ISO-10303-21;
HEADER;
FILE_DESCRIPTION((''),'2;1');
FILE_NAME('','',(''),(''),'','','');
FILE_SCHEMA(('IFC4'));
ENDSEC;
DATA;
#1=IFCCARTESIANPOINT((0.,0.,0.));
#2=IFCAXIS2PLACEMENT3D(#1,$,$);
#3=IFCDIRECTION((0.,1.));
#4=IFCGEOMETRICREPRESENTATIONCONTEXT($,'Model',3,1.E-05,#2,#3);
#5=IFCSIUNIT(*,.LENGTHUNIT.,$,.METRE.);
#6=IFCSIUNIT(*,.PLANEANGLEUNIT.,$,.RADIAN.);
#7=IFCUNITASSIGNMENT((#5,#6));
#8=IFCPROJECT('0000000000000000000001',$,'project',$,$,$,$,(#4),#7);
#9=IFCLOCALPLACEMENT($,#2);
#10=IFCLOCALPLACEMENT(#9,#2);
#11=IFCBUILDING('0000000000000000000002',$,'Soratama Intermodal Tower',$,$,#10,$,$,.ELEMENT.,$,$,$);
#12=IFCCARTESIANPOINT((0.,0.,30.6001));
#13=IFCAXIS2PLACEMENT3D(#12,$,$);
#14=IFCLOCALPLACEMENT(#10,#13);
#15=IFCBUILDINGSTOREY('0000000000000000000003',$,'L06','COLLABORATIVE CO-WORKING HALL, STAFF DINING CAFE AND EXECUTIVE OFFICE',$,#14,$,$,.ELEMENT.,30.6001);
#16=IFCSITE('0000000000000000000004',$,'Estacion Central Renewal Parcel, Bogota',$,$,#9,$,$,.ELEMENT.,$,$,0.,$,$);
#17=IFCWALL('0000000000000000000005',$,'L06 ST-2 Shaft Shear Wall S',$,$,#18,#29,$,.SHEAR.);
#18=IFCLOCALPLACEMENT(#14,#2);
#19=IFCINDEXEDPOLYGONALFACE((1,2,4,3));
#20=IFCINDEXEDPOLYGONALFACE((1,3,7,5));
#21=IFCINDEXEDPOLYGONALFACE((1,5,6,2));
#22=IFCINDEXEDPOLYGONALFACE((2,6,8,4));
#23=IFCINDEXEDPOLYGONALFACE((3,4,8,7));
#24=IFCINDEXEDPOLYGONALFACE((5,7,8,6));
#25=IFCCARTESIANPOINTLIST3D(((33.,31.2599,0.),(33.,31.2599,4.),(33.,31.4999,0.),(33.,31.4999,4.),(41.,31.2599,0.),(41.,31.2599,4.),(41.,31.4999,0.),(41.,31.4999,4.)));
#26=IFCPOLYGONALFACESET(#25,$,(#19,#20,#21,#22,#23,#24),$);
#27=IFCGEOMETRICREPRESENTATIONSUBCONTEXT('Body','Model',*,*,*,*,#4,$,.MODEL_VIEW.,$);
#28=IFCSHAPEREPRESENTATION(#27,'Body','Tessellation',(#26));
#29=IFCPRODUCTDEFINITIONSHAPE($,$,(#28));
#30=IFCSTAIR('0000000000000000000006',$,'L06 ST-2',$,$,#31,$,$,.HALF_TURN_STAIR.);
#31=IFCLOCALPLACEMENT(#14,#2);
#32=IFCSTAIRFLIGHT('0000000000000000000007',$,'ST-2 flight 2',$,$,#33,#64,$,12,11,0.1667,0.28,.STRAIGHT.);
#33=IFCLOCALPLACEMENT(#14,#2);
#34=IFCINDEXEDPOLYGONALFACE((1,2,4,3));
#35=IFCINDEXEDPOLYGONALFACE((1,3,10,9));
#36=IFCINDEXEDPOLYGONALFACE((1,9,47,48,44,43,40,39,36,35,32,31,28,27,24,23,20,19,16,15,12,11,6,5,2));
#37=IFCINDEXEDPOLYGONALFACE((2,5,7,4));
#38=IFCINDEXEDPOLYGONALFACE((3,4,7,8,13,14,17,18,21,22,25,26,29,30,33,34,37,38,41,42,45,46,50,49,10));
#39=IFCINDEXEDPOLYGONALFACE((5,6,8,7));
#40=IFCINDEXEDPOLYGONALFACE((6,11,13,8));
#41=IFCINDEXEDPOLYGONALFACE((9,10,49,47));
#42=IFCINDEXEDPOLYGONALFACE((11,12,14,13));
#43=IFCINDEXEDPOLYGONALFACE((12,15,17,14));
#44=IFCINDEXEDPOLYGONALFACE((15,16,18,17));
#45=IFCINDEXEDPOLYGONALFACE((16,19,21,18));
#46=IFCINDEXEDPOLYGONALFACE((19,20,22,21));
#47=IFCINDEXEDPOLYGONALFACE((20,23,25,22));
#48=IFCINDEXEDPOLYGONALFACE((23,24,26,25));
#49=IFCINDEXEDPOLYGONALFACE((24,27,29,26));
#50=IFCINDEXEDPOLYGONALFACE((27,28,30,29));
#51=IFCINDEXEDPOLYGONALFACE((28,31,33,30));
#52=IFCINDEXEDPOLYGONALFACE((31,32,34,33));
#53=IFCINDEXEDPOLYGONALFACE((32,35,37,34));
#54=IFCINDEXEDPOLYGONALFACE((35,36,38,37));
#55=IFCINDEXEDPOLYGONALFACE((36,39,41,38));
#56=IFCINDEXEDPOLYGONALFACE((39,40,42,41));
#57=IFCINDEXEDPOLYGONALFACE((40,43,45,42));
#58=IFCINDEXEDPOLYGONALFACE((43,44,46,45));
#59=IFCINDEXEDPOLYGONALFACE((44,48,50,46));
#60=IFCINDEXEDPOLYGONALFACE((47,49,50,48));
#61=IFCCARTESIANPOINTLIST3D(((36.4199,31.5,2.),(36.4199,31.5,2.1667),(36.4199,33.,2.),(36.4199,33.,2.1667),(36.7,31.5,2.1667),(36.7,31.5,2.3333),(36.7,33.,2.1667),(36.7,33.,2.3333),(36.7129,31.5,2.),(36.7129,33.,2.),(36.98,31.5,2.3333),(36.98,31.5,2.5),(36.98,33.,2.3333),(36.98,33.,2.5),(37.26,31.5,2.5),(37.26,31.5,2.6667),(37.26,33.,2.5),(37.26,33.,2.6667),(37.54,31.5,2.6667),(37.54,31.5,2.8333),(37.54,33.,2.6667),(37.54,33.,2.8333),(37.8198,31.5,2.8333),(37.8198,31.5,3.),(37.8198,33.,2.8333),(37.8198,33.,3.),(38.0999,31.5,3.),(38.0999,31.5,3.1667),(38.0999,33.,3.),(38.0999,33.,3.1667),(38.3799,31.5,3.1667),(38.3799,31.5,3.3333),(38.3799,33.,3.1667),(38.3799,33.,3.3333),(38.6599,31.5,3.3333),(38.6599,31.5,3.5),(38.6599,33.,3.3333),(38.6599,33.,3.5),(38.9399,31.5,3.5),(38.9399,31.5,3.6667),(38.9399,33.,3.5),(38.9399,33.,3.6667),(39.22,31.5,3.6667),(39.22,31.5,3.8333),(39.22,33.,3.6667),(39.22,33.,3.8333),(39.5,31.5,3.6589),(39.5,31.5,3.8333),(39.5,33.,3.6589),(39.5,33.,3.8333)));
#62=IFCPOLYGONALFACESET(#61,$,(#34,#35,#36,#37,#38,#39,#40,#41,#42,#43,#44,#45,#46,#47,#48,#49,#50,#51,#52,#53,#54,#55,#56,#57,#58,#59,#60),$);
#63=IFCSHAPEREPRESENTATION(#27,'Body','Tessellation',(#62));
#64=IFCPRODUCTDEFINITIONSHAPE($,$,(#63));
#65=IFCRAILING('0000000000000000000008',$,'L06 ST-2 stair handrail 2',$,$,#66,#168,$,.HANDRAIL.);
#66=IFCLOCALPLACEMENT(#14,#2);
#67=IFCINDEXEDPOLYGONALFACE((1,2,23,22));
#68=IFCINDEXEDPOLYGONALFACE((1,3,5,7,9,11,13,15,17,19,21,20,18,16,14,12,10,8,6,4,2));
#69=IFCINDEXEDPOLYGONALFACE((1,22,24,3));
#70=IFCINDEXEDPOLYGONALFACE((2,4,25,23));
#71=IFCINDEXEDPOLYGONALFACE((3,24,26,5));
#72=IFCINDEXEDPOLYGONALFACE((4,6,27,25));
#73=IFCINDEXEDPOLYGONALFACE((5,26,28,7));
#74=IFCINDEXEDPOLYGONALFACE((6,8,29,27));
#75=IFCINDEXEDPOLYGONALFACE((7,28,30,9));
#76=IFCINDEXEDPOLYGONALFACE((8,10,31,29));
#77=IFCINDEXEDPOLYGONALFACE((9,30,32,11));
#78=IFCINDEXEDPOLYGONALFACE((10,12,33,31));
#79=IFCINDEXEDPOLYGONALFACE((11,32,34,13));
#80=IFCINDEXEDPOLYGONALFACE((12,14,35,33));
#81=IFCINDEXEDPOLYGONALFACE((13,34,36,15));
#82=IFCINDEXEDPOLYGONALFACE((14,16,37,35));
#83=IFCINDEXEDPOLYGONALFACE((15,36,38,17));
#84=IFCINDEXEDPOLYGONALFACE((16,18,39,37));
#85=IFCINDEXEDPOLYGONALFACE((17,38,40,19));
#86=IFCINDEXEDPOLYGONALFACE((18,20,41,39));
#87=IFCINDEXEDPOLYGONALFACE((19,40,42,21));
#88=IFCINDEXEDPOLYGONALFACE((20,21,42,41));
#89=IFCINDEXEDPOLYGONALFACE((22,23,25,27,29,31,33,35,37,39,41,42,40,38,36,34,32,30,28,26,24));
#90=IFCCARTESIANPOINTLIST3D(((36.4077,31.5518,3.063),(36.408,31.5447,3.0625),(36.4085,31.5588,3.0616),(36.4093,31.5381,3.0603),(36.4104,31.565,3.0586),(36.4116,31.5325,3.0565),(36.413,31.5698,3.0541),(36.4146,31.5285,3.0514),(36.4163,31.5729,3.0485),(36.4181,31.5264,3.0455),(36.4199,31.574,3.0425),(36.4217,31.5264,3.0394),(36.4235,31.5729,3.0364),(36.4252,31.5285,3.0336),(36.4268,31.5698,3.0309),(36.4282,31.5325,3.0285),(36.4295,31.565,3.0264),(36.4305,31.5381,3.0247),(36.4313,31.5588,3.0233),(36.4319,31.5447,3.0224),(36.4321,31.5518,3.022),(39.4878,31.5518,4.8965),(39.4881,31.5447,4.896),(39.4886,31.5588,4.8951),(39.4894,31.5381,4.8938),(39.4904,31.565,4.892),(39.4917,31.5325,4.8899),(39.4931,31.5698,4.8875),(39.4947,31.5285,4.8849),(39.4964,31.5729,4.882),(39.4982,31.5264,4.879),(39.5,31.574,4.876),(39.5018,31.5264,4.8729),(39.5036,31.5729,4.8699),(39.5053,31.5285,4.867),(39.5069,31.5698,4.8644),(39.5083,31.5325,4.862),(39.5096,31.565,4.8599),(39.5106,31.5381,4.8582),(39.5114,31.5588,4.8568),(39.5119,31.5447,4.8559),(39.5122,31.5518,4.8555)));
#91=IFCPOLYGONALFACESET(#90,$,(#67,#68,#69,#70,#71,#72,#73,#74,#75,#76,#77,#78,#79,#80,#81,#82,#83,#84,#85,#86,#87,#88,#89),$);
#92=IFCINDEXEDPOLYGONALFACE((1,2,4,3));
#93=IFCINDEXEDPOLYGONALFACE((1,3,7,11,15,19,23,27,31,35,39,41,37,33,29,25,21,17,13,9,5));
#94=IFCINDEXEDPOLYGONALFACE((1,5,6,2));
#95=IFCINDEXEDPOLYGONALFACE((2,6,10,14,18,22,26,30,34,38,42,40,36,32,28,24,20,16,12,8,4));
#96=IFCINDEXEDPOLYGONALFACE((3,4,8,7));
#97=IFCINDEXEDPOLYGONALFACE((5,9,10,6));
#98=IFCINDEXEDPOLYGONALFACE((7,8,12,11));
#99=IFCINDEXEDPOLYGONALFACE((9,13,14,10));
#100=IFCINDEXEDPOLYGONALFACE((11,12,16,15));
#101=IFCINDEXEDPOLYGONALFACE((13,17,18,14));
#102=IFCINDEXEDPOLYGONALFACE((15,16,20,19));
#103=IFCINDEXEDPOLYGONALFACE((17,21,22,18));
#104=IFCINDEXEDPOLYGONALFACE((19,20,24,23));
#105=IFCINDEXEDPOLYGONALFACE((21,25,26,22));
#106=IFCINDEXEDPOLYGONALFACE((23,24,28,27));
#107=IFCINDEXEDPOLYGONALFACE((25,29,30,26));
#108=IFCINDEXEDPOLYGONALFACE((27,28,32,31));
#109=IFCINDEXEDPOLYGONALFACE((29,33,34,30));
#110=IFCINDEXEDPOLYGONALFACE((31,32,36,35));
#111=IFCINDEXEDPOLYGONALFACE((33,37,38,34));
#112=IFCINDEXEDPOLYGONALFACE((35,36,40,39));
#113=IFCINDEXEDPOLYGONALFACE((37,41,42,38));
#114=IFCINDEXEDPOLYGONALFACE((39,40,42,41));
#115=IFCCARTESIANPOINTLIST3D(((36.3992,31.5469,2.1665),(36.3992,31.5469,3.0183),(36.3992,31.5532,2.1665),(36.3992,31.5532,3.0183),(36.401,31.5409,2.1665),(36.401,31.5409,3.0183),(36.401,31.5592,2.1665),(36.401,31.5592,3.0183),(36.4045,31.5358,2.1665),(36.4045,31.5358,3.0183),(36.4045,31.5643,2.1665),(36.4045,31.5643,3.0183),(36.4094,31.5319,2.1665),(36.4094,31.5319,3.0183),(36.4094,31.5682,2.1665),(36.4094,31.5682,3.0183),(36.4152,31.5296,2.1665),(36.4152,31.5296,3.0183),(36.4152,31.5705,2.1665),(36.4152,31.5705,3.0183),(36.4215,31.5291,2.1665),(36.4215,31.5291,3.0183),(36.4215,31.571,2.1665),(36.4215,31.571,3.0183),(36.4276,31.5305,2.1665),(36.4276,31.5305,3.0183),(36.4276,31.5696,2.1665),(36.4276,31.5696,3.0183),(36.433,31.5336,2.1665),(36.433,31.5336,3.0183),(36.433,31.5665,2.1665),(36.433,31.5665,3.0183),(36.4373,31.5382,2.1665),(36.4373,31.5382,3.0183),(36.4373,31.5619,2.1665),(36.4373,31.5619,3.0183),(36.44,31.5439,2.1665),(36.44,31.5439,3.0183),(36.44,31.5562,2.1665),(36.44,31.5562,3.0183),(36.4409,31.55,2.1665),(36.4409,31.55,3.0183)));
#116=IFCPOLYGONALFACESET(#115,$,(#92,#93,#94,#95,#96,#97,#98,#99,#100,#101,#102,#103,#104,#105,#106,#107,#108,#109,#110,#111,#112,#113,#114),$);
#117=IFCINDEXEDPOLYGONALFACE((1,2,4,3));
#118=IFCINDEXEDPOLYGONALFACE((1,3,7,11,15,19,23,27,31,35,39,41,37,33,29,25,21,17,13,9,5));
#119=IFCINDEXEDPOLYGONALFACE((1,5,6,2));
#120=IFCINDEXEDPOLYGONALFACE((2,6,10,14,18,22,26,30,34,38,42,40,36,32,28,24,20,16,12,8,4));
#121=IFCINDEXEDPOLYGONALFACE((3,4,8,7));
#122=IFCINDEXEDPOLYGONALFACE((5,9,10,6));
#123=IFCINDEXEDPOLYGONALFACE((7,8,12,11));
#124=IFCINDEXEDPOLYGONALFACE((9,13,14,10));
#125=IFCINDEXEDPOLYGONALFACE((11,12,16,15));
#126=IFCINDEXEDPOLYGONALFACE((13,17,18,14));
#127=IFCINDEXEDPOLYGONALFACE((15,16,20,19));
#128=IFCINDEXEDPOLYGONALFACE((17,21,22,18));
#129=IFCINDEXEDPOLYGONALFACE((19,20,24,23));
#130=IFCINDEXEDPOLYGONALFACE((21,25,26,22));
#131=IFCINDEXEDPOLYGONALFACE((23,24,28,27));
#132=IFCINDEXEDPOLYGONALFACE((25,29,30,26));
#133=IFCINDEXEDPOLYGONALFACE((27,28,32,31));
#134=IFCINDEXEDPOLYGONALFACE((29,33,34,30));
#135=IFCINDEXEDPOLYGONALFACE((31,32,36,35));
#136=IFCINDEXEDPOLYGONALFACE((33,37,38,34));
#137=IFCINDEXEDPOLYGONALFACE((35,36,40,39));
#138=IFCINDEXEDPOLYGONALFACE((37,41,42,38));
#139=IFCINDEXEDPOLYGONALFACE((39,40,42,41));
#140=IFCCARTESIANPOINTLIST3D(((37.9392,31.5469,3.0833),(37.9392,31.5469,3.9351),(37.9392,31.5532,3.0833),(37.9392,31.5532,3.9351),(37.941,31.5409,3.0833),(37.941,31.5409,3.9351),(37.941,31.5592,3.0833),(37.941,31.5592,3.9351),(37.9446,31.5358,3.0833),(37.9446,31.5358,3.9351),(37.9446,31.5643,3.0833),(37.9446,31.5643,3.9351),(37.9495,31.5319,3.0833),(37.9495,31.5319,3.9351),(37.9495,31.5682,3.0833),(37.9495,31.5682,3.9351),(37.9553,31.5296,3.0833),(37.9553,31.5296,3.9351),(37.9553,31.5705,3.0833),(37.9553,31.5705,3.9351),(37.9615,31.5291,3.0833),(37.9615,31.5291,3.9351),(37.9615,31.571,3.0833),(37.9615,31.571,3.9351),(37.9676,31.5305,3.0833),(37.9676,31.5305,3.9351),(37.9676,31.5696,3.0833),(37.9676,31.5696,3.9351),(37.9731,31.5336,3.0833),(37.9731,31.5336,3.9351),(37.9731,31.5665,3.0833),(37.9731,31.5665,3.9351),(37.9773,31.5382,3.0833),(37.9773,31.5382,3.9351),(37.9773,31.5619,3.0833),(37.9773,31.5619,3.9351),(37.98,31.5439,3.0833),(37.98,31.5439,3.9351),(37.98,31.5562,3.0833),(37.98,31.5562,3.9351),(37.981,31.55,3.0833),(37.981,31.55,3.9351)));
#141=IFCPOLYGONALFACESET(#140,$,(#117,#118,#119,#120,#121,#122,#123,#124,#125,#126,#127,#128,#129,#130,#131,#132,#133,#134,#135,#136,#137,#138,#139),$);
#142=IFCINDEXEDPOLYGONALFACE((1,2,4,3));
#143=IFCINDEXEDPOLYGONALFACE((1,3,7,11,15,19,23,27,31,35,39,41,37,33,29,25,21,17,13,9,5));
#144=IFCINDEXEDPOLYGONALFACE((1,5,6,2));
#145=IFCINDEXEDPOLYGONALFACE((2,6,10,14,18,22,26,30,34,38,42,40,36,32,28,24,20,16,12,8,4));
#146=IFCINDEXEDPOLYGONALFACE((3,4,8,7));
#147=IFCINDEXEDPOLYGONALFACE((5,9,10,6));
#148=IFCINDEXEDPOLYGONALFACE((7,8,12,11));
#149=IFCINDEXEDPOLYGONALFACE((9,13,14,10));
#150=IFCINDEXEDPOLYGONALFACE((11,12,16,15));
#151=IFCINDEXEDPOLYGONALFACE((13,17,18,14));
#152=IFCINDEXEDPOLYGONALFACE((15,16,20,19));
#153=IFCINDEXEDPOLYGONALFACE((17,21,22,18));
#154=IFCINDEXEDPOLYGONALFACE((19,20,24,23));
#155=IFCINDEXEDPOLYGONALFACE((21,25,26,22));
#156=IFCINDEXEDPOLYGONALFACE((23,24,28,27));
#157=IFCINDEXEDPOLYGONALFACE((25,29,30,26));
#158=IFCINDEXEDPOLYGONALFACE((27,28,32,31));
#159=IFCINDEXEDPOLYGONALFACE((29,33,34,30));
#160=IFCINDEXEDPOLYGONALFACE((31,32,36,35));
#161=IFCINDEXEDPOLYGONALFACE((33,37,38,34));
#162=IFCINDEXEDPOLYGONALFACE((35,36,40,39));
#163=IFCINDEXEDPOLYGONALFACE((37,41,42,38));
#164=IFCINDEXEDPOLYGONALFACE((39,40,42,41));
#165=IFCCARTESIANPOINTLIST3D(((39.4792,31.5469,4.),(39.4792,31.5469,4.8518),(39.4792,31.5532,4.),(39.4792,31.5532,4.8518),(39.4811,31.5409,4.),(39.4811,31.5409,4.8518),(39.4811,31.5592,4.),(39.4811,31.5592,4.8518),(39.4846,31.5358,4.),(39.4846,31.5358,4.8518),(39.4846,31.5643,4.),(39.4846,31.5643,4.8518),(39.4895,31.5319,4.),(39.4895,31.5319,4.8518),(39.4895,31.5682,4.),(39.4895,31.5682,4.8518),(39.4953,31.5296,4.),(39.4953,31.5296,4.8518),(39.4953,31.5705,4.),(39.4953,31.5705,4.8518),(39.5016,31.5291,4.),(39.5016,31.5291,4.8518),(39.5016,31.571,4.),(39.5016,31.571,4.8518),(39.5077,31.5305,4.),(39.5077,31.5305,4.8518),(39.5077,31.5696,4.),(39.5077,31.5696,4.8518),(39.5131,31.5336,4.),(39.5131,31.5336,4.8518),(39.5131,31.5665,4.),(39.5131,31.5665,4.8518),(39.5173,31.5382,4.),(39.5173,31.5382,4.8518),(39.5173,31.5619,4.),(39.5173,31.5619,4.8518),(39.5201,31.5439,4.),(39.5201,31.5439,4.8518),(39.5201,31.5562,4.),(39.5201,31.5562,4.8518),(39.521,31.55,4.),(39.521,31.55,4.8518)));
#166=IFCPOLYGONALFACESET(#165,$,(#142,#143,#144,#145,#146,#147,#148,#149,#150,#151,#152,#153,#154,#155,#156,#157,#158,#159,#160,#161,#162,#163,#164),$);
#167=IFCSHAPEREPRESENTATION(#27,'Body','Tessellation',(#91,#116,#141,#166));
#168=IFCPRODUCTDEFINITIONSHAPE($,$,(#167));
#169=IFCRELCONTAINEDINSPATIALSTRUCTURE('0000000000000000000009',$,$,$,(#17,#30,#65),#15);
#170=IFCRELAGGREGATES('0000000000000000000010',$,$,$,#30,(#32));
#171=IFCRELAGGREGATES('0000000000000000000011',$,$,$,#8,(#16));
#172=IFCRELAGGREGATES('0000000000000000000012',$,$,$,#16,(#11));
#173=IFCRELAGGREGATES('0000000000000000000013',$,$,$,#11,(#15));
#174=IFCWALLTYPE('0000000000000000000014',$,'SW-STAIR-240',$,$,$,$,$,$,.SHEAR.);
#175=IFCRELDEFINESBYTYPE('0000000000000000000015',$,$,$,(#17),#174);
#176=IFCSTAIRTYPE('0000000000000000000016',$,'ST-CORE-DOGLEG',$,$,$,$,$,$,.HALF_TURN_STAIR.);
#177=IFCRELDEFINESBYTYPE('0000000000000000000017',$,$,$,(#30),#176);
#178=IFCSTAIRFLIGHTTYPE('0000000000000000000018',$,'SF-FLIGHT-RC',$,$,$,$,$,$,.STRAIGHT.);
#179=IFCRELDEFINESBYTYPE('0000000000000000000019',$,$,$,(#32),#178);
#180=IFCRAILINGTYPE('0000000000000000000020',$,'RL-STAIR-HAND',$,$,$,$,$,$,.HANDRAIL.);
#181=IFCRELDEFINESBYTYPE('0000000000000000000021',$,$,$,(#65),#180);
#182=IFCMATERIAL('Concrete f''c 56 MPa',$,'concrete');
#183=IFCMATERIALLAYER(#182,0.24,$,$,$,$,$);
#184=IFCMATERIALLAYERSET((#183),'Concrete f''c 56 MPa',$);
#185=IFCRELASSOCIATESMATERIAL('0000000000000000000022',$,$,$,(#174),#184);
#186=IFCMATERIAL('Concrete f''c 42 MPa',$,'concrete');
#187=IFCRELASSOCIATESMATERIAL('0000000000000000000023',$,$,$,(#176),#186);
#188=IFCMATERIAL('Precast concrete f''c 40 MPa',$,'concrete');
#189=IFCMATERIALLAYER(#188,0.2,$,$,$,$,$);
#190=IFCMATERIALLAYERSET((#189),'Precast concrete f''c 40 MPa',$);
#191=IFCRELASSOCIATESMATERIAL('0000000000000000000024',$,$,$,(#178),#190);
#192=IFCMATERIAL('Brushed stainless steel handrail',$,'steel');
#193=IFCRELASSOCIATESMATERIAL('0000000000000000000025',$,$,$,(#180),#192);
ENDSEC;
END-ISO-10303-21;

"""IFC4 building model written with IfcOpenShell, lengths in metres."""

from ifc_helpers import new_model, si_unit, direction, frame, frame_2d, origin, origin_2d, place, context, subcontext, project, spatial, polyline, rectangle, circle, outline, extrude, material, layer, layer_set, type_object, element, aggregate, save


model = new_model("IFC4")

# Units and contexts
model_context = context("Model", 3, precision=1e-05, world=origin(), true_north=direction((0.0, 1.0)))
body_context = subcontext(model_context, "Body", "Model", "MODEL_VIEW")
ifc_project = project(units=[si_unit("LENGTHUNIT", "METRE"), si_unit("PLANEANGLEUNIT", "RADIAN")], contexts=[model_context])

# Site, building, storey
site_placement = place(None, origin())
site = spatial("IfcSite", under=ifc_project, at=site_placement, Name="Estacion Central Renewal Parcel, Bogota", CompositionType="ELEMENT", RefElevation=0.0)
building_placement = place(site_placement, origin())
building = spatial("IfcBuilding", under=site, at=building_placement, Name="Soratama Intermodal Tower", CompositionType="ELEMENT")
storey_placement = place(building_placement, frame((0.0, 0.0, 30.6001)))
storey = spatial("IfcBuildingStorey", under=building, at=storey_placement, Name="L06", Description="COLLABORATIVE CO-WORKING HALL, STAFF DINING CAFE AND EXECUTIVE OFFICE", CompositionType="ELEMENT", Elevation=30.6001)

# Wall
ifc_material_1 = material(Name="Concrete f'c 56 MPa", Category="concrete")
ifc_layer_1 = layer(ifc_material_1, 0.24)
ifc_layer_set_1 = layer_set([ifc_layer_1], Name="Concrete f'c 56 MPa")
wall_type_1 = type_object("IfcWallType", Name="SW-STAIR-240", PredefinedType="SHEAR", material=ifc_layer_set_1)
wall_1_placement = place(storey_placement, frame((33.0, 31.3799, 0.0), z_axis=(0.0, 0.0, 1.0), x_axis=(1.0, 0.0, 0.0)))
element("IfcWall", 1, at=wall_1_placement, inside=storey, type_object=wall_type_1, Name="L06 ST-2 Shaft Shear Wall S", PredefinedType="SHEAR", context=body_context, shape_type="SweptSolid", body=[
    extrude(rectangle(XDim=8.0, YDim=0.24, at=frame_2d((4.0, 0.0))), origin(), (0.0, 0.0, 1.0), 4.0),
])

# Stair, stair flight
ifc_material_2 = material(Name="Concrete f'c 42 MPa", Category="concrete")
stair_type = type_object("IfcStairType", Name="ST-CORE-DOGLEG", PredefinedType="HALF_TURN_STAIR", material=ifc_material_2)
stair_placement = place(storey_placement, origin())
stair = element("IfcStair", 2, at=stair_placement, inside=storey, type_object=stair_type, Name="L06 ST-2", PredefinedType="HALF_TURN_STAIR")
ifc_material_3 = material(Name="Precast concrete f'c 40 MPa", Category="concrete")
ifc_layer_2 = layer(ifc_material_3, 0.2)
ifc_layer_set_2 = layer_set([ifc_layer_2], Name="Precast concrete f'c 40 MPa")
stair_flight_type = type_object("IfcStairFlightType", Name="SF-FLIGHT-RC", PredefinedType="STRAIGHT", material=ifc_layer_set_2)
stair_flight_placement = place(storey_placement, frame((36.4199, 32.25, 2.0), z_axis=(0.0, 0.0, 1.0), x_axis=(1.0, 0.0, 0.0)))
stair_flight = element("IfcStairFlight", 3, at=stair_flight_placement, type_object=stair_flight_type, Name="ST-2 flight 2", NumberOfRisers=12, NumberOfTreads=11, PredefinedType="STRAIGHT", RiserHeight=0.1667, TreadLength=0.28, context=body_context, shape_type="SweptSolid", body=[
    extrude(outline(polyline([(0.0, 0.0), (0.0, 0.1667), (0.28, 0.1667), (0.28, 0.3333), (0.5601, 0.3333), (0.5601, 0.5), (0.8401, 0.5), (0.8401, 0.6667), (1.1201, 0.6667), (1.1201, 0.8333), (1.3999, 0.8333), (1.3999, 1.0), (1.6799, 1.0), (1.6799, 1.1667), (1.96, 1.1667), (1.96, 1.3333), (2.24, 1.3333), (2.24, 1.5), (2.52, 1.5), (2.52, 1.6667), (2.8, 1.6667), (2.8, 1.8333), (3.0801, 1.8333), (3.0801, 2.0), (3.0801, 1.6589), (0.293, 0.0), (0.0, 0.0)])), frame((0.0, 0.75, 0.0), z_axis=(0.0, -1.0, 0.0), x_axis=(1.0, 0.0, 0.0)), (0.0, 0.0, 1.0), 1.5),
])
aggregate(stair, [stair_flight])

# Railing
ifc_material_4 = material(Name="Brushed stainless steel handrail", Category="steel")
railing_type = type_object("IfcRailingType", Name="RL-STAIR-HAND", PredefinedType="HANDRAIL", material=ifc_material_4)
railing_placement = place(storey_placement, frame((36.4199, 31.55, 2.1665)))
element("IfcRailing", 4, at=railing_placement, inside=storey, type_object=railing_type, Name="L06 ST-2 stair handrail 2", PredefinedType="HANDRAIL", context=body_context, shape_type="SweptSolid", body=[
    extrude(circle(Radius=0.0239, at=origin_2d()), frame((0.0, 0.0, 0.876), z_axis=(0.859279, 0.0, 0.511508), x_axis=(0.0, 1.0, 0.0)), (0.0, 0.0, 1.0), 3.5845),
    extrude(circle(Radius=0.021, at=origin_2d()), origin(), (0.0, 0.0, 1.0), 0.8518),
    extrude(circle(Radius=0.021, at=origin_2d()), frame((1.54, 0.0, 0.9167)), (0.0, 0.0, 1.0), 0.8518),
    extrude(circle(Radius=0.021, at=origin_2d()), frame((3.0801, 0.0, 1.8335)), (0.0, 0.0, 1.0), 0.8518),
])

save(model, "model.ifc")
